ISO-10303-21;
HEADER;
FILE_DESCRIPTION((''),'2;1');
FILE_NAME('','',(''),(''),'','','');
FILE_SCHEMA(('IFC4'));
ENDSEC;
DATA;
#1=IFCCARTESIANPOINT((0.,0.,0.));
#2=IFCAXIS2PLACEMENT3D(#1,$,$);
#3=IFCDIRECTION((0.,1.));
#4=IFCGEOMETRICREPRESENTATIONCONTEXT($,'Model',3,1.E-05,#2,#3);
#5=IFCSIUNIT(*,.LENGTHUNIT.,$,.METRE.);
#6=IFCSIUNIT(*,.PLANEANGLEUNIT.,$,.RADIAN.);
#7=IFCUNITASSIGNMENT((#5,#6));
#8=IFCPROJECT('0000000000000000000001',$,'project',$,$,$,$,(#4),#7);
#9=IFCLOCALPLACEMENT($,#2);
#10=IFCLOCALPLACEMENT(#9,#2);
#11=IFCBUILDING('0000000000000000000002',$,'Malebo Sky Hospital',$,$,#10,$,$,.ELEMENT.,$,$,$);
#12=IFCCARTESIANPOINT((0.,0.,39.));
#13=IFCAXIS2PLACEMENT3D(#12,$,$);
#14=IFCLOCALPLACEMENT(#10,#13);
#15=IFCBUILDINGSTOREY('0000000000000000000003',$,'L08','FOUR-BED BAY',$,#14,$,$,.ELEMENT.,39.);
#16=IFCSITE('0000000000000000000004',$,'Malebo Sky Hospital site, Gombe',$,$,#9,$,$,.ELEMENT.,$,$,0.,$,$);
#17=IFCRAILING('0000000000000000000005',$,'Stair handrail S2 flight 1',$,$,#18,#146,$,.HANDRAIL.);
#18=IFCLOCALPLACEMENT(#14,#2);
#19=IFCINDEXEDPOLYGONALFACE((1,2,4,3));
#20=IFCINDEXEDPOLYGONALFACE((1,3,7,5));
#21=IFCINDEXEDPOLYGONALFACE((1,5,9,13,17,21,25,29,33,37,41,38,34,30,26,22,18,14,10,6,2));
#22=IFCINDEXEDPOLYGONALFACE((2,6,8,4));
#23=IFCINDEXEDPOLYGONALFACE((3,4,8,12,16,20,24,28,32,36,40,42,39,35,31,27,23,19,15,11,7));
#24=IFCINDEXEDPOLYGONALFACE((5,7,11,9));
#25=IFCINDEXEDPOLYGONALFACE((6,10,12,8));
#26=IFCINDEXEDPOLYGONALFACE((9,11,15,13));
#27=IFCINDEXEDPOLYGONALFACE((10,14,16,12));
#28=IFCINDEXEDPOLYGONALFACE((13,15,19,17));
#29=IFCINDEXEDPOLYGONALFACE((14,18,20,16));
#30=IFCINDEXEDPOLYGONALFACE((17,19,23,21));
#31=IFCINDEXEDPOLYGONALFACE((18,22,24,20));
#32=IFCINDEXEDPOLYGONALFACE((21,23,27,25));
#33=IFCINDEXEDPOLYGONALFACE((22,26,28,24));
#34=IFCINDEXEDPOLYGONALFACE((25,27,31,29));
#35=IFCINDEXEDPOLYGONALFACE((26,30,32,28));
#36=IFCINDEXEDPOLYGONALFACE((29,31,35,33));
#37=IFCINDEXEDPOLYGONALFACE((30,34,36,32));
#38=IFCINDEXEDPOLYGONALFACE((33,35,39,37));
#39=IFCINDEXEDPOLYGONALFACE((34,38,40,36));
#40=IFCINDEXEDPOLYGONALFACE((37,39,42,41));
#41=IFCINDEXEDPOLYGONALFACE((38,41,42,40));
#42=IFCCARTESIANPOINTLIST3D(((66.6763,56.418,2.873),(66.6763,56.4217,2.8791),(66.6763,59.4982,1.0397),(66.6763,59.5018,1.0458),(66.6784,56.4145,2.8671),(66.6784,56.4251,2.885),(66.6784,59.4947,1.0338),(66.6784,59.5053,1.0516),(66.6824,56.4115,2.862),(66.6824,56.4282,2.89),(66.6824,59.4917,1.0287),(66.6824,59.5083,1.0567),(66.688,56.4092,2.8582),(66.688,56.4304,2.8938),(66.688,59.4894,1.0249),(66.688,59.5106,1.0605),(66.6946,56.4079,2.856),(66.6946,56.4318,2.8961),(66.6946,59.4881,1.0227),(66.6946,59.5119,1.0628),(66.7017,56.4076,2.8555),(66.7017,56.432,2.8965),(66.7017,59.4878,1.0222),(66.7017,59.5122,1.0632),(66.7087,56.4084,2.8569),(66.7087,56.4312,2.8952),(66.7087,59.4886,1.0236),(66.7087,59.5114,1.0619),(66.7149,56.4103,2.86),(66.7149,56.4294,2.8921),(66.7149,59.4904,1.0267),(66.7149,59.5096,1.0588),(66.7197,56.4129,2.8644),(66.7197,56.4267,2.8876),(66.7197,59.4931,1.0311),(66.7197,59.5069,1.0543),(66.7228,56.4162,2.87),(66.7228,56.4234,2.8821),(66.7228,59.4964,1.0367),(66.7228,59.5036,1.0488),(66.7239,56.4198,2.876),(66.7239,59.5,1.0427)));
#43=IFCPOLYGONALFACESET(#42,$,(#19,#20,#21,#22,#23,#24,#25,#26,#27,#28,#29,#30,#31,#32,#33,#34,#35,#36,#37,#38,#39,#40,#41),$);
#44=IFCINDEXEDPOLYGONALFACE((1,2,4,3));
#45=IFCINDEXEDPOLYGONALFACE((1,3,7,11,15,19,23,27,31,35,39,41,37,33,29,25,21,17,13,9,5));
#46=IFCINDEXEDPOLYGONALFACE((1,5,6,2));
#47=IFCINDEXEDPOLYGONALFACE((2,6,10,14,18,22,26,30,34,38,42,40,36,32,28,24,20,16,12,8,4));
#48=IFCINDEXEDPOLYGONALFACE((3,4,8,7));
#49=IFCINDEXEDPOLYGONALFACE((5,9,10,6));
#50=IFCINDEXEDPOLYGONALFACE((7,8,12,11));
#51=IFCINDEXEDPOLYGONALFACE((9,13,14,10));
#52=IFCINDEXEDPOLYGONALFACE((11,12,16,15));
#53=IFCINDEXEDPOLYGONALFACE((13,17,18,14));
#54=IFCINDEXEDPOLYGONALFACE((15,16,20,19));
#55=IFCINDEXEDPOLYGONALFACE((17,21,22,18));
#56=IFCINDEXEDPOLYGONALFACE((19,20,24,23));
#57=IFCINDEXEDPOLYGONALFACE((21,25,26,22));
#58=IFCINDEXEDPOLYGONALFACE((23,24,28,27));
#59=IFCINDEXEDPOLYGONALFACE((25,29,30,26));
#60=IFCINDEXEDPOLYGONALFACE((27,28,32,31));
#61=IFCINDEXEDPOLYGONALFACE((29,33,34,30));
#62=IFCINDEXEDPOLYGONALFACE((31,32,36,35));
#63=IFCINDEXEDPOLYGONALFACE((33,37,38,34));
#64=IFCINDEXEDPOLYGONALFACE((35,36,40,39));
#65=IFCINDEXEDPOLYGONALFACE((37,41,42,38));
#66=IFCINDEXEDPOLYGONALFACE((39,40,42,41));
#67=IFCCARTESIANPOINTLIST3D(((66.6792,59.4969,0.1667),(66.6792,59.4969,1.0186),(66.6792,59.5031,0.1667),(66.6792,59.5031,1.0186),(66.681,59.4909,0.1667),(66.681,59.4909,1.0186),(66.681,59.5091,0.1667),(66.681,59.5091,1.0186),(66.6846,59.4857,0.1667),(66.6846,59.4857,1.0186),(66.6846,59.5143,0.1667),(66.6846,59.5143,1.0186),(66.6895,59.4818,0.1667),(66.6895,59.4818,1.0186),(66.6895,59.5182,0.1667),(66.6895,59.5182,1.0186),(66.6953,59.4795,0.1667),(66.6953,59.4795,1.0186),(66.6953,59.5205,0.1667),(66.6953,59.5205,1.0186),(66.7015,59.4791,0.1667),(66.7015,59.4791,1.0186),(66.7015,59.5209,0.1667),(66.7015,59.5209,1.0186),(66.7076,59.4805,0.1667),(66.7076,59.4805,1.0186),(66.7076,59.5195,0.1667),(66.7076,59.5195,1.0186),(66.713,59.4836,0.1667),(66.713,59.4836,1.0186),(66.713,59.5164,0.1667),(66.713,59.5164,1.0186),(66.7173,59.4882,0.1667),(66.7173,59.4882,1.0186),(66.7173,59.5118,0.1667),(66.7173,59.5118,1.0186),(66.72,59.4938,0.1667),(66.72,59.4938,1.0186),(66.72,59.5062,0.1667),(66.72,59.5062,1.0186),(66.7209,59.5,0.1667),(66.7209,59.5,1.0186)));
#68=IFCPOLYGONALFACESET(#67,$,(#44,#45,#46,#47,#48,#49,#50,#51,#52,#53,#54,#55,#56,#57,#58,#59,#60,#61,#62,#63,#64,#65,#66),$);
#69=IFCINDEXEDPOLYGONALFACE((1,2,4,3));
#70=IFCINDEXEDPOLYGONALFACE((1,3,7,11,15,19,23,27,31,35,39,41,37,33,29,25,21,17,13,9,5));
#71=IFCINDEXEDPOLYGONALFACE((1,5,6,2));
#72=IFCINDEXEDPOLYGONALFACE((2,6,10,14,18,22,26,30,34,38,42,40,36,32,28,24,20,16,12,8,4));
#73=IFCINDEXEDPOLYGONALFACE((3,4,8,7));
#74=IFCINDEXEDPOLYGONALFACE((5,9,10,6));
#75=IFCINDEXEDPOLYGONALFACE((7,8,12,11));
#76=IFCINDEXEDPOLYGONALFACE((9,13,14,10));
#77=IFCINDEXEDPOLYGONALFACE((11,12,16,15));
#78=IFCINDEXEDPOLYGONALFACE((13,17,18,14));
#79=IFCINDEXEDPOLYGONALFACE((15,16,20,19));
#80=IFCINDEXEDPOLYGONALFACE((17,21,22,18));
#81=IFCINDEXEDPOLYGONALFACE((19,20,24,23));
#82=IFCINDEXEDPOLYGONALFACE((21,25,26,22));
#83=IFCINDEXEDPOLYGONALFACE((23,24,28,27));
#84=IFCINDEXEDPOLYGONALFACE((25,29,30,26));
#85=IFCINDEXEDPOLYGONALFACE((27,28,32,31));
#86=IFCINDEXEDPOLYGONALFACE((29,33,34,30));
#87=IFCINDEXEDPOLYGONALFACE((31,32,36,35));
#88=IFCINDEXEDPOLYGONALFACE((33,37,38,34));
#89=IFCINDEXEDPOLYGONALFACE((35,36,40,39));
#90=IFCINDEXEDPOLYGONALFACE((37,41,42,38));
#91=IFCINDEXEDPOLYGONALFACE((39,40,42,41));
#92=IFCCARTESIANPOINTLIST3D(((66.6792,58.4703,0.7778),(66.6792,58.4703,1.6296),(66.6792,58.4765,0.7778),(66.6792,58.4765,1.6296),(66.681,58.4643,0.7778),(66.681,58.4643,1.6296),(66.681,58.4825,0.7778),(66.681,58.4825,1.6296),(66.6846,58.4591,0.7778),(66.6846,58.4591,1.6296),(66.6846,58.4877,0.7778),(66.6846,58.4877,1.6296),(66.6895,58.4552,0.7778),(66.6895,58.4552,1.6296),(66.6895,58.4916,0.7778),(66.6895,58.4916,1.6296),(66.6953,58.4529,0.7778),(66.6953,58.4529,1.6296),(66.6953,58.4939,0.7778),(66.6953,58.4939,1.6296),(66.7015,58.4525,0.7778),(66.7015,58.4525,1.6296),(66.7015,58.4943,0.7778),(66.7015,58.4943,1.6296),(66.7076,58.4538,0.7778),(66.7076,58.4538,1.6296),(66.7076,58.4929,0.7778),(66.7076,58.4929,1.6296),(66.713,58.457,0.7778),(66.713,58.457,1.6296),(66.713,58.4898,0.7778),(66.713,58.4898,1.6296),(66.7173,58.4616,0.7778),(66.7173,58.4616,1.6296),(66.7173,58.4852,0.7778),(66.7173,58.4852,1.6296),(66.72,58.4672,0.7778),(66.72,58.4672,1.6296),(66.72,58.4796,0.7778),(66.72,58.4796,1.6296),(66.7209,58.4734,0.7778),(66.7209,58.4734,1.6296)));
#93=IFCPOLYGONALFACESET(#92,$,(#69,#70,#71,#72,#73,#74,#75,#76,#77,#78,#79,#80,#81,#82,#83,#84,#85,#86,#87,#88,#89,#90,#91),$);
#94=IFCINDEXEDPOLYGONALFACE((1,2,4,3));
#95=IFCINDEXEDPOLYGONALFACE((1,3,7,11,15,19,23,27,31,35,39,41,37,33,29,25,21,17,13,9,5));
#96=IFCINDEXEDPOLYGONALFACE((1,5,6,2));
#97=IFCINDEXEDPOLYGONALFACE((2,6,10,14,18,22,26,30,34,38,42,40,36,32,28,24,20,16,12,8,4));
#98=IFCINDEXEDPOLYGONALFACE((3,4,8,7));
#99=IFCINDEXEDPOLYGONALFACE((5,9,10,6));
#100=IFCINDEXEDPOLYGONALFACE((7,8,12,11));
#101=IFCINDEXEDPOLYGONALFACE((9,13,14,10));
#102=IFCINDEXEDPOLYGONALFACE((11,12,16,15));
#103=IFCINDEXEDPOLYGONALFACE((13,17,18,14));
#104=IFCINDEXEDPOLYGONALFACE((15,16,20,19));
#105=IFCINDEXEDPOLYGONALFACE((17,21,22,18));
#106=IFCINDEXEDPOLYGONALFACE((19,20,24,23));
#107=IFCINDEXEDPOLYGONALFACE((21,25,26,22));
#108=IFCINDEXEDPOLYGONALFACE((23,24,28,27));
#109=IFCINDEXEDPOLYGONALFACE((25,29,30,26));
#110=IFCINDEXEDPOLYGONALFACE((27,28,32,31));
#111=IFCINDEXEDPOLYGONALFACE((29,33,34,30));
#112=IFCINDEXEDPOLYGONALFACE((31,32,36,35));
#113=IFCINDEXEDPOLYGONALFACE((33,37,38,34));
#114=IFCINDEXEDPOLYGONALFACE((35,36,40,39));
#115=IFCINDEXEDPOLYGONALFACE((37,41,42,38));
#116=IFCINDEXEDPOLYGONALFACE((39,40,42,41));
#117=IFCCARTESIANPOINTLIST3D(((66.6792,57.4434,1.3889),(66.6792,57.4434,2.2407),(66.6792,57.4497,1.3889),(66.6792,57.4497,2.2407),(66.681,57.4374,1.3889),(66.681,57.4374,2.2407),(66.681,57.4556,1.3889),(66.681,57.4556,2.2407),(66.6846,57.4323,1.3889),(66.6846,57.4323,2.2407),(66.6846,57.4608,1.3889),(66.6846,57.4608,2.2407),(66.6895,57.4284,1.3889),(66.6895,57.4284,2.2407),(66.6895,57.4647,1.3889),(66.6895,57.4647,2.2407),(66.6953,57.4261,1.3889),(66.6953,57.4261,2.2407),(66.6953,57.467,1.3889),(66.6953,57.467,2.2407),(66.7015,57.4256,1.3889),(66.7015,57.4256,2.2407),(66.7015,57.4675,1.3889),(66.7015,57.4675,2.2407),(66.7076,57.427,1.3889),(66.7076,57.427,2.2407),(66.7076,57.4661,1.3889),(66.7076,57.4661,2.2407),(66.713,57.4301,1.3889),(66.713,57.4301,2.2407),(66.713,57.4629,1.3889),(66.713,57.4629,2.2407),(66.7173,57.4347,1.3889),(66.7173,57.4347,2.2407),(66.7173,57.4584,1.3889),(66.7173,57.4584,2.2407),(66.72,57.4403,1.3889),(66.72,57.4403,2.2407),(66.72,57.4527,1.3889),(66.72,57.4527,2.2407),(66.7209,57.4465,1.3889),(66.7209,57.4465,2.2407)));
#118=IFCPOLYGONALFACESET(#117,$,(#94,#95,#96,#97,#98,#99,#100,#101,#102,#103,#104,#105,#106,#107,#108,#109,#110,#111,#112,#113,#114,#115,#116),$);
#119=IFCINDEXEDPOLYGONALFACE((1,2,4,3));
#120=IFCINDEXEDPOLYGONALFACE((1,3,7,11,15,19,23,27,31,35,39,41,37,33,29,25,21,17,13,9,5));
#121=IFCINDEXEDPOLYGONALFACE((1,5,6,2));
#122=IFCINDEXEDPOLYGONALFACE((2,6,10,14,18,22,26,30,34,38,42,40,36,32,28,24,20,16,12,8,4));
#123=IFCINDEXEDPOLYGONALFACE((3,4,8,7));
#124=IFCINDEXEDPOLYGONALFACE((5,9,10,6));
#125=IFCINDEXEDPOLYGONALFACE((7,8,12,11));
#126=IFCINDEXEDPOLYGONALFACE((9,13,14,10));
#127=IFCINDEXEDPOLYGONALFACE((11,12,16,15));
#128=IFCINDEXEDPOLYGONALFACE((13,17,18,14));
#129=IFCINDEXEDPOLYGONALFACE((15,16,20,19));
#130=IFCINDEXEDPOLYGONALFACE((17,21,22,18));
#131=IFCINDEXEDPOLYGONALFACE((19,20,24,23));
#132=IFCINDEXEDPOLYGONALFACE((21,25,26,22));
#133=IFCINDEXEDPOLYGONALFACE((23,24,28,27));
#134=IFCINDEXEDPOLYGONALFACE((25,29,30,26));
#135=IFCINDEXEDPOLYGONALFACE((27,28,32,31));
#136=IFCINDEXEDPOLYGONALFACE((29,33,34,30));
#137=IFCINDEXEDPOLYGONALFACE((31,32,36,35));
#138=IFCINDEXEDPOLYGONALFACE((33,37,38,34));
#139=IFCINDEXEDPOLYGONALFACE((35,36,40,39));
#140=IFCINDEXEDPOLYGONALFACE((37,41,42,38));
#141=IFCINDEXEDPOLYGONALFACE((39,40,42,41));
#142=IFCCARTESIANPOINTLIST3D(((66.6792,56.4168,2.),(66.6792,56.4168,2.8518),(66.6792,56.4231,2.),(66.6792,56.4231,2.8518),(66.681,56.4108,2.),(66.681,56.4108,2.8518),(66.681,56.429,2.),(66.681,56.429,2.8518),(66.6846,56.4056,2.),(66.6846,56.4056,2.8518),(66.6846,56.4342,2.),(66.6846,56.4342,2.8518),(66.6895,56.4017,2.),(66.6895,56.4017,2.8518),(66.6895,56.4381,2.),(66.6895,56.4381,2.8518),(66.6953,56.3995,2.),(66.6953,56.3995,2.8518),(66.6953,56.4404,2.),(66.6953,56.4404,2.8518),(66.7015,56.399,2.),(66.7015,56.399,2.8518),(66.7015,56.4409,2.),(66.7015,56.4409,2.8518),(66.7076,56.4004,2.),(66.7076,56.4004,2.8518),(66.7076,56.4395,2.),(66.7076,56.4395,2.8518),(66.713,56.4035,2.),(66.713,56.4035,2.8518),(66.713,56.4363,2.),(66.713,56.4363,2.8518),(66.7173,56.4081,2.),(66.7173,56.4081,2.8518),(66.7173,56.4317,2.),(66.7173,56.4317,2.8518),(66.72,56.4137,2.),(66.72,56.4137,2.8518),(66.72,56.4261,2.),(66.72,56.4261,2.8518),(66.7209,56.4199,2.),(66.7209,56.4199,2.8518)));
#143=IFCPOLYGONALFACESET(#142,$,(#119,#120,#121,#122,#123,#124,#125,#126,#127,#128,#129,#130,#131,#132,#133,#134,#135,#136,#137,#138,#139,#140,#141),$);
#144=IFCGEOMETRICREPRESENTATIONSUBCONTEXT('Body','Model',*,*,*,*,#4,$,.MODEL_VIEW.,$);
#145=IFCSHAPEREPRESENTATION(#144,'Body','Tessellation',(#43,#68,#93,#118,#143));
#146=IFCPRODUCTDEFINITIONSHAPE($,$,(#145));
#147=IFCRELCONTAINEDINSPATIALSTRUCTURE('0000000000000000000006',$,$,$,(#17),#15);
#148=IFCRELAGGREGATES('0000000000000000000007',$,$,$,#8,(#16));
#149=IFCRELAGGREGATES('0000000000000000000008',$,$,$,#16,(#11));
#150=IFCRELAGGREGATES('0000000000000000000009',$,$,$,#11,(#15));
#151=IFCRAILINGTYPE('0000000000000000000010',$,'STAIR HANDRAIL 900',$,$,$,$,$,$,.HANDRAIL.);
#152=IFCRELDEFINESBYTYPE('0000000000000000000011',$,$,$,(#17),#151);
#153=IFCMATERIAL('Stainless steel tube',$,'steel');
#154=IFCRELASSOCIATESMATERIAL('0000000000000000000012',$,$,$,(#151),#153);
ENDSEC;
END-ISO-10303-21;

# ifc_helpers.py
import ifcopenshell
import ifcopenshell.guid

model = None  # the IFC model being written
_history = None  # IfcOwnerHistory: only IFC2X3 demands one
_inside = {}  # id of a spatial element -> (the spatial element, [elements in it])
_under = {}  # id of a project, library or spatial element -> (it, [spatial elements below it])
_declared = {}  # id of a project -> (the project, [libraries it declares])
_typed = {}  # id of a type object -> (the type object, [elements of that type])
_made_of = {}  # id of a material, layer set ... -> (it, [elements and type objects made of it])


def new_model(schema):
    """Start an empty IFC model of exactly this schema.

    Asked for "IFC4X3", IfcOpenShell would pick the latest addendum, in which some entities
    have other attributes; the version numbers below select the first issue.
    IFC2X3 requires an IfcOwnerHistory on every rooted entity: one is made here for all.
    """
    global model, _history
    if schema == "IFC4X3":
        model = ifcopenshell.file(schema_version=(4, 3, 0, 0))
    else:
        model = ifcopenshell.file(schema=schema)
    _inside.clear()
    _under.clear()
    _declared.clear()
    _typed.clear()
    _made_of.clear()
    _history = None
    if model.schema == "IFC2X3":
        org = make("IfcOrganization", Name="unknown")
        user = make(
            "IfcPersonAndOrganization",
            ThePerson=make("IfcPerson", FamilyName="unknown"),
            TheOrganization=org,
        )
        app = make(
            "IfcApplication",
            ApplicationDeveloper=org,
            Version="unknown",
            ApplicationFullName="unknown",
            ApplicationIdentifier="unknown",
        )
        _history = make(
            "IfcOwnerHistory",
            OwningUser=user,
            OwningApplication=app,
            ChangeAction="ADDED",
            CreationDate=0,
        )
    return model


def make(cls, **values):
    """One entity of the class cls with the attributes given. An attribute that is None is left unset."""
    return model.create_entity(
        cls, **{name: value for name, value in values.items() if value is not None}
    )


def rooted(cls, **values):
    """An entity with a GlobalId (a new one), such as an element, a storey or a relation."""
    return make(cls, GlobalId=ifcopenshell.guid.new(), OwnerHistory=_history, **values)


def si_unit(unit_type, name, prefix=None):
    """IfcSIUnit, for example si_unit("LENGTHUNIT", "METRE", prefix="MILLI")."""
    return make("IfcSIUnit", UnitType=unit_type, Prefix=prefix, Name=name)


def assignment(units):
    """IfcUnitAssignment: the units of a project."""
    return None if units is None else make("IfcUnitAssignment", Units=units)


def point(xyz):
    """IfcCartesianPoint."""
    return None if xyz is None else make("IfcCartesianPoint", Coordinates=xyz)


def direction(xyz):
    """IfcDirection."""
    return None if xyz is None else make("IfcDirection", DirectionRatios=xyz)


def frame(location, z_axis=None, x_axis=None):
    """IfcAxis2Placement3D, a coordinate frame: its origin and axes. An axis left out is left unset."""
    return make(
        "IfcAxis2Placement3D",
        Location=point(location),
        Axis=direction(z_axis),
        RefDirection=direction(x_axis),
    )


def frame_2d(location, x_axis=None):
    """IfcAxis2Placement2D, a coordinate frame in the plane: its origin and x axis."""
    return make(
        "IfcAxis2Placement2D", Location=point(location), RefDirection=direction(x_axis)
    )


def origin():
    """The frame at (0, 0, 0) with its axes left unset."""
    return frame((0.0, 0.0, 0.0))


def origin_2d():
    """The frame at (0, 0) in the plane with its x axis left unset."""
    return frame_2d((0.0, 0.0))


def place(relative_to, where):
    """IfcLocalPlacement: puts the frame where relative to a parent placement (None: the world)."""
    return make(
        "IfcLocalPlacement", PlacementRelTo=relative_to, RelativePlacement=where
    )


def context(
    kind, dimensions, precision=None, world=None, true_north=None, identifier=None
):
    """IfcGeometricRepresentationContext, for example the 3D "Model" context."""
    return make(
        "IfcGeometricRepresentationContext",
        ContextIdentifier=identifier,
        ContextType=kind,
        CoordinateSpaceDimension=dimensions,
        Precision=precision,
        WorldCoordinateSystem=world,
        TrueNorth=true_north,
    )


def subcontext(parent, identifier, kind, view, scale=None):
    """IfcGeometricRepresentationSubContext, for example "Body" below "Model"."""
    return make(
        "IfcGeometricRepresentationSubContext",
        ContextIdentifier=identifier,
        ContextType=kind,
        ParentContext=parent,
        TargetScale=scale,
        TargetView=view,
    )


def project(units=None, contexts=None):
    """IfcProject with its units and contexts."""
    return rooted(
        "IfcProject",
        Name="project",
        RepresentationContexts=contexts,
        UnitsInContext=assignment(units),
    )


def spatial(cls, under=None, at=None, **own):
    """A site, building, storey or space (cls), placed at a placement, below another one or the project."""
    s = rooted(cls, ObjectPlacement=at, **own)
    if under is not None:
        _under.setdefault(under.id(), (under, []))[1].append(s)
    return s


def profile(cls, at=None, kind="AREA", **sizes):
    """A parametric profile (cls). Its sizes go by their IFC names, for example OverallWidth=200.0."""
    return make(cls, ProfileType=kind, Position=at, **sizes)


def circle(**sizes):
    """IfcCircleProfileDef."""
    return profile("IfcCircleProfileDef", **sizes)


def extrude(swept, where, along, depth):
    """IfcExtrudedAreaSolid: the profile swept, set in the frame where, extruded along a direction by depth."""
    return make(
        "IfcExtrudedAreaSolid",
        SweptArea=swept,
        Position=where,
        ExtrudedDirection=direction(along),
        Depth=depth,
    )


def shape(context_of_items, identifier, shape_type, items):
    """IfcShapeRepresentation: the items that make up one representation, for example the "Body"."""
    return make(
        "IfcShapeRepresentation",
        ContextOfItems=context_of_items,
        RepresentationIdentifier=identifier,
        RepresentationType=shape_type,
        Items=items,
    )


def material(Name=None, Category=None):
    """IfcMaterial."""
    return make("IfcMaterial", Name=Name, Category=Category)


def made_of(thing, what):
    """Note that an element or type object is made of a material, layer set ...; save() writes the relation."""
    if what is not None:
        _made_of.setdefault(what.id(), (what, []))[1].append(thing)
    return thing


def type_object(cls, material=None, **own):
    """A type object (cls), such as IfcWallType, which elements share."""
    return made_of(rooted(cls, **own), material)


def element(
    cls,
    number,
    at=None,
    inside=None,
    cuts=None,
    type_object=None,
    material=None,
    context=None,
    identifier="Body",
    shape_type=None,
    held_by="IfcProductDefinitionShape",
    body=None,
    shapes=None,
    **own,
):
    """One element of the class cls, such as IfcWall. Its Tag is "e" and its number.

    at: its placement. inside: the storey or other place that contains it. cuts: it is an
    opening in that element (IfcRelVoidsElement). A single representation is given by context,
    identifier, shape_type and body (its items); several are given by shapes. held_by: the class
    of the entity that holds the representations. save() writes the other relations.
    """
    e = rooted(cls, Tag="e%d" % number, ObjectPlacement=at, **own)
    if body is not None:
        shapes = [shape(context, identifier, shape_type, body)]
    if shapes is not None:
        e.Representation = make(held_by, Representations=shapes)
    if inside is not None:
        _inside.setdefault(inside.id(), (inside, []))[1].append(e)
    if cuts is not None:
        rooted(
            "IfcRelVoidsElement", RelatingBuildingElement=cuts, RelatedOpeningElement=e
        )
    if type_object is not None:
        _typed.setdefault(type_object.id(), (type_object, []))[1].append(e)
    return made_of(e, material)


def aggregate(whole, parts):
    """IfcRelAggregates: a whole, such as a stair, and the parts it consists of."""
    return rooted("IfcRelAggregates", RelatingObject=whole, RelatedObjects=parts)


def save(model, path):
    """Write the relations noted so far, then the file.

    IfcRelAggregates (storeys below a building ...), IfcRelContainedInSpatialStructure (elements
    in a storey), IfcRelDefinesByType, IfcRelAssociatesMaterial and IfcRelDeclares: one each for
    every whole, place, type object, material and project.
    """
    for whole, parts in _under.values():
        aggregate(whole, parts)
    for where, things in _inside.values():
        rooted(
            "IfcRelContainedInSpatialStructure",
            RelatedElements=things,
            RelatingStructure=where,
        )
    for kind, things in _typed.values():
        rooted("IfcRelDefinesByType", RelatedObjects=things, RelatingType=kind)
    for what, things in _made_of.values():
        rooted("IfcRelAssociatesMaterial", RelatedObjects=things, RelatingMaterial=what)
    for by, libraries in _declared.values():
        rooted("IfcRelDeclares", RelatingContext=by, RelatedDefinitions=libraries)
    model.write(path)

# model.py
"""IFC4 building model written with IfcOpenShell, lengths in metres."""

from ifc_helpers import new_model, si_unit, direction, frame, origin, origin_2d, place, context, subcontext, project, spatial, circle, extrude, material, type_object, element, save


model = new_model("IFC4")

# Units and contexts
model_context = context("Model", 3, precision=1e-05, world=origin(), true_north=direction((0.0, 1.0)))
body_context = subcontext(model_context, "Body", "Model", "MODEL_VIEW")
ifc_project = project(units=[si_unit("LENGTHUNIT", "METRE"), si_unit("PLANEANGLEUNIT", "RADIAN")], contexts=[model_context])

# Site, building, storey
site_placement = place(None, origin())
site = spatial("IfcSite", under=ifc_project, at=site_placement, Name="Malebo Sky Hospital site, Gombe", CompositionType="ELEMENT", RefElevation=0.0)
building_placement = place(site_placement, origin())
building = spatial("IfcBuilding", under=site, at=building_placement, Name="Malebo Sky Hospital", CompositionType="ELEMENT")
storey_placement = place(building_placement, frame((0.0, 0.0, 39.0)))
storey = spatial("IfcBuildingStorey", under=building, at=storey_placement, Name="L08", Description="FOUR-BED BAY", CompositionType="ELEMENT", Elevation=39.0)

# Railing
ifc_material_1 = material(Name="Stainless steel tube", Category="steel")
railing_type = type_object("IfcRailingType", Name="STAIR HANDRAIL 900", PredefinedType="HANDRAIL", material=ifc_material_1)
railing_1_placement = place(storey_placement, frame((66.7, 59.5, 0.1667)))
element("IfcRailing", 1, at=railing_1_placement, inside=storey, type_object=railing_type, Name="Stair handrail S2 flight 1", PredefinedType="HANDRAIL", context=body_context, shape_type="SweptSolid", body=[
    extrude(circle(Radius=0.0239, at=origin_2d()), frame((0.0, 0.0, 0.876), z_axis=(0.0, -0.859309, 0.511458), x_axis=(1.0, 0.0, 0.0)), (0.0, 0.0, 1.0), 3.5845),
    extrude(circle(Radius=0.021, at=origin_2d()), origin(), (0.0, 0.0, 1.0), 0.8518),
    extrude(circle(Radius=0.021, at=origin_2d()), frame((0.0, -1.0266, 0.6111)), (0.0, 0.0, 1.0), 0.8518),
    extrude(circle(Radius=0.021, at=origin_2d()), frame((0.0, -2.0535, 1.2222)), (0.0, 0.0, 1.0), 0.8518),
    extrude(circle(Radius=0.021, at=origin_2d()), frame((0.0, -3.0801, 1.8333)), (0.0, 0.0, 1.0), 0.8518),
])

save(model, "model.ifc")
